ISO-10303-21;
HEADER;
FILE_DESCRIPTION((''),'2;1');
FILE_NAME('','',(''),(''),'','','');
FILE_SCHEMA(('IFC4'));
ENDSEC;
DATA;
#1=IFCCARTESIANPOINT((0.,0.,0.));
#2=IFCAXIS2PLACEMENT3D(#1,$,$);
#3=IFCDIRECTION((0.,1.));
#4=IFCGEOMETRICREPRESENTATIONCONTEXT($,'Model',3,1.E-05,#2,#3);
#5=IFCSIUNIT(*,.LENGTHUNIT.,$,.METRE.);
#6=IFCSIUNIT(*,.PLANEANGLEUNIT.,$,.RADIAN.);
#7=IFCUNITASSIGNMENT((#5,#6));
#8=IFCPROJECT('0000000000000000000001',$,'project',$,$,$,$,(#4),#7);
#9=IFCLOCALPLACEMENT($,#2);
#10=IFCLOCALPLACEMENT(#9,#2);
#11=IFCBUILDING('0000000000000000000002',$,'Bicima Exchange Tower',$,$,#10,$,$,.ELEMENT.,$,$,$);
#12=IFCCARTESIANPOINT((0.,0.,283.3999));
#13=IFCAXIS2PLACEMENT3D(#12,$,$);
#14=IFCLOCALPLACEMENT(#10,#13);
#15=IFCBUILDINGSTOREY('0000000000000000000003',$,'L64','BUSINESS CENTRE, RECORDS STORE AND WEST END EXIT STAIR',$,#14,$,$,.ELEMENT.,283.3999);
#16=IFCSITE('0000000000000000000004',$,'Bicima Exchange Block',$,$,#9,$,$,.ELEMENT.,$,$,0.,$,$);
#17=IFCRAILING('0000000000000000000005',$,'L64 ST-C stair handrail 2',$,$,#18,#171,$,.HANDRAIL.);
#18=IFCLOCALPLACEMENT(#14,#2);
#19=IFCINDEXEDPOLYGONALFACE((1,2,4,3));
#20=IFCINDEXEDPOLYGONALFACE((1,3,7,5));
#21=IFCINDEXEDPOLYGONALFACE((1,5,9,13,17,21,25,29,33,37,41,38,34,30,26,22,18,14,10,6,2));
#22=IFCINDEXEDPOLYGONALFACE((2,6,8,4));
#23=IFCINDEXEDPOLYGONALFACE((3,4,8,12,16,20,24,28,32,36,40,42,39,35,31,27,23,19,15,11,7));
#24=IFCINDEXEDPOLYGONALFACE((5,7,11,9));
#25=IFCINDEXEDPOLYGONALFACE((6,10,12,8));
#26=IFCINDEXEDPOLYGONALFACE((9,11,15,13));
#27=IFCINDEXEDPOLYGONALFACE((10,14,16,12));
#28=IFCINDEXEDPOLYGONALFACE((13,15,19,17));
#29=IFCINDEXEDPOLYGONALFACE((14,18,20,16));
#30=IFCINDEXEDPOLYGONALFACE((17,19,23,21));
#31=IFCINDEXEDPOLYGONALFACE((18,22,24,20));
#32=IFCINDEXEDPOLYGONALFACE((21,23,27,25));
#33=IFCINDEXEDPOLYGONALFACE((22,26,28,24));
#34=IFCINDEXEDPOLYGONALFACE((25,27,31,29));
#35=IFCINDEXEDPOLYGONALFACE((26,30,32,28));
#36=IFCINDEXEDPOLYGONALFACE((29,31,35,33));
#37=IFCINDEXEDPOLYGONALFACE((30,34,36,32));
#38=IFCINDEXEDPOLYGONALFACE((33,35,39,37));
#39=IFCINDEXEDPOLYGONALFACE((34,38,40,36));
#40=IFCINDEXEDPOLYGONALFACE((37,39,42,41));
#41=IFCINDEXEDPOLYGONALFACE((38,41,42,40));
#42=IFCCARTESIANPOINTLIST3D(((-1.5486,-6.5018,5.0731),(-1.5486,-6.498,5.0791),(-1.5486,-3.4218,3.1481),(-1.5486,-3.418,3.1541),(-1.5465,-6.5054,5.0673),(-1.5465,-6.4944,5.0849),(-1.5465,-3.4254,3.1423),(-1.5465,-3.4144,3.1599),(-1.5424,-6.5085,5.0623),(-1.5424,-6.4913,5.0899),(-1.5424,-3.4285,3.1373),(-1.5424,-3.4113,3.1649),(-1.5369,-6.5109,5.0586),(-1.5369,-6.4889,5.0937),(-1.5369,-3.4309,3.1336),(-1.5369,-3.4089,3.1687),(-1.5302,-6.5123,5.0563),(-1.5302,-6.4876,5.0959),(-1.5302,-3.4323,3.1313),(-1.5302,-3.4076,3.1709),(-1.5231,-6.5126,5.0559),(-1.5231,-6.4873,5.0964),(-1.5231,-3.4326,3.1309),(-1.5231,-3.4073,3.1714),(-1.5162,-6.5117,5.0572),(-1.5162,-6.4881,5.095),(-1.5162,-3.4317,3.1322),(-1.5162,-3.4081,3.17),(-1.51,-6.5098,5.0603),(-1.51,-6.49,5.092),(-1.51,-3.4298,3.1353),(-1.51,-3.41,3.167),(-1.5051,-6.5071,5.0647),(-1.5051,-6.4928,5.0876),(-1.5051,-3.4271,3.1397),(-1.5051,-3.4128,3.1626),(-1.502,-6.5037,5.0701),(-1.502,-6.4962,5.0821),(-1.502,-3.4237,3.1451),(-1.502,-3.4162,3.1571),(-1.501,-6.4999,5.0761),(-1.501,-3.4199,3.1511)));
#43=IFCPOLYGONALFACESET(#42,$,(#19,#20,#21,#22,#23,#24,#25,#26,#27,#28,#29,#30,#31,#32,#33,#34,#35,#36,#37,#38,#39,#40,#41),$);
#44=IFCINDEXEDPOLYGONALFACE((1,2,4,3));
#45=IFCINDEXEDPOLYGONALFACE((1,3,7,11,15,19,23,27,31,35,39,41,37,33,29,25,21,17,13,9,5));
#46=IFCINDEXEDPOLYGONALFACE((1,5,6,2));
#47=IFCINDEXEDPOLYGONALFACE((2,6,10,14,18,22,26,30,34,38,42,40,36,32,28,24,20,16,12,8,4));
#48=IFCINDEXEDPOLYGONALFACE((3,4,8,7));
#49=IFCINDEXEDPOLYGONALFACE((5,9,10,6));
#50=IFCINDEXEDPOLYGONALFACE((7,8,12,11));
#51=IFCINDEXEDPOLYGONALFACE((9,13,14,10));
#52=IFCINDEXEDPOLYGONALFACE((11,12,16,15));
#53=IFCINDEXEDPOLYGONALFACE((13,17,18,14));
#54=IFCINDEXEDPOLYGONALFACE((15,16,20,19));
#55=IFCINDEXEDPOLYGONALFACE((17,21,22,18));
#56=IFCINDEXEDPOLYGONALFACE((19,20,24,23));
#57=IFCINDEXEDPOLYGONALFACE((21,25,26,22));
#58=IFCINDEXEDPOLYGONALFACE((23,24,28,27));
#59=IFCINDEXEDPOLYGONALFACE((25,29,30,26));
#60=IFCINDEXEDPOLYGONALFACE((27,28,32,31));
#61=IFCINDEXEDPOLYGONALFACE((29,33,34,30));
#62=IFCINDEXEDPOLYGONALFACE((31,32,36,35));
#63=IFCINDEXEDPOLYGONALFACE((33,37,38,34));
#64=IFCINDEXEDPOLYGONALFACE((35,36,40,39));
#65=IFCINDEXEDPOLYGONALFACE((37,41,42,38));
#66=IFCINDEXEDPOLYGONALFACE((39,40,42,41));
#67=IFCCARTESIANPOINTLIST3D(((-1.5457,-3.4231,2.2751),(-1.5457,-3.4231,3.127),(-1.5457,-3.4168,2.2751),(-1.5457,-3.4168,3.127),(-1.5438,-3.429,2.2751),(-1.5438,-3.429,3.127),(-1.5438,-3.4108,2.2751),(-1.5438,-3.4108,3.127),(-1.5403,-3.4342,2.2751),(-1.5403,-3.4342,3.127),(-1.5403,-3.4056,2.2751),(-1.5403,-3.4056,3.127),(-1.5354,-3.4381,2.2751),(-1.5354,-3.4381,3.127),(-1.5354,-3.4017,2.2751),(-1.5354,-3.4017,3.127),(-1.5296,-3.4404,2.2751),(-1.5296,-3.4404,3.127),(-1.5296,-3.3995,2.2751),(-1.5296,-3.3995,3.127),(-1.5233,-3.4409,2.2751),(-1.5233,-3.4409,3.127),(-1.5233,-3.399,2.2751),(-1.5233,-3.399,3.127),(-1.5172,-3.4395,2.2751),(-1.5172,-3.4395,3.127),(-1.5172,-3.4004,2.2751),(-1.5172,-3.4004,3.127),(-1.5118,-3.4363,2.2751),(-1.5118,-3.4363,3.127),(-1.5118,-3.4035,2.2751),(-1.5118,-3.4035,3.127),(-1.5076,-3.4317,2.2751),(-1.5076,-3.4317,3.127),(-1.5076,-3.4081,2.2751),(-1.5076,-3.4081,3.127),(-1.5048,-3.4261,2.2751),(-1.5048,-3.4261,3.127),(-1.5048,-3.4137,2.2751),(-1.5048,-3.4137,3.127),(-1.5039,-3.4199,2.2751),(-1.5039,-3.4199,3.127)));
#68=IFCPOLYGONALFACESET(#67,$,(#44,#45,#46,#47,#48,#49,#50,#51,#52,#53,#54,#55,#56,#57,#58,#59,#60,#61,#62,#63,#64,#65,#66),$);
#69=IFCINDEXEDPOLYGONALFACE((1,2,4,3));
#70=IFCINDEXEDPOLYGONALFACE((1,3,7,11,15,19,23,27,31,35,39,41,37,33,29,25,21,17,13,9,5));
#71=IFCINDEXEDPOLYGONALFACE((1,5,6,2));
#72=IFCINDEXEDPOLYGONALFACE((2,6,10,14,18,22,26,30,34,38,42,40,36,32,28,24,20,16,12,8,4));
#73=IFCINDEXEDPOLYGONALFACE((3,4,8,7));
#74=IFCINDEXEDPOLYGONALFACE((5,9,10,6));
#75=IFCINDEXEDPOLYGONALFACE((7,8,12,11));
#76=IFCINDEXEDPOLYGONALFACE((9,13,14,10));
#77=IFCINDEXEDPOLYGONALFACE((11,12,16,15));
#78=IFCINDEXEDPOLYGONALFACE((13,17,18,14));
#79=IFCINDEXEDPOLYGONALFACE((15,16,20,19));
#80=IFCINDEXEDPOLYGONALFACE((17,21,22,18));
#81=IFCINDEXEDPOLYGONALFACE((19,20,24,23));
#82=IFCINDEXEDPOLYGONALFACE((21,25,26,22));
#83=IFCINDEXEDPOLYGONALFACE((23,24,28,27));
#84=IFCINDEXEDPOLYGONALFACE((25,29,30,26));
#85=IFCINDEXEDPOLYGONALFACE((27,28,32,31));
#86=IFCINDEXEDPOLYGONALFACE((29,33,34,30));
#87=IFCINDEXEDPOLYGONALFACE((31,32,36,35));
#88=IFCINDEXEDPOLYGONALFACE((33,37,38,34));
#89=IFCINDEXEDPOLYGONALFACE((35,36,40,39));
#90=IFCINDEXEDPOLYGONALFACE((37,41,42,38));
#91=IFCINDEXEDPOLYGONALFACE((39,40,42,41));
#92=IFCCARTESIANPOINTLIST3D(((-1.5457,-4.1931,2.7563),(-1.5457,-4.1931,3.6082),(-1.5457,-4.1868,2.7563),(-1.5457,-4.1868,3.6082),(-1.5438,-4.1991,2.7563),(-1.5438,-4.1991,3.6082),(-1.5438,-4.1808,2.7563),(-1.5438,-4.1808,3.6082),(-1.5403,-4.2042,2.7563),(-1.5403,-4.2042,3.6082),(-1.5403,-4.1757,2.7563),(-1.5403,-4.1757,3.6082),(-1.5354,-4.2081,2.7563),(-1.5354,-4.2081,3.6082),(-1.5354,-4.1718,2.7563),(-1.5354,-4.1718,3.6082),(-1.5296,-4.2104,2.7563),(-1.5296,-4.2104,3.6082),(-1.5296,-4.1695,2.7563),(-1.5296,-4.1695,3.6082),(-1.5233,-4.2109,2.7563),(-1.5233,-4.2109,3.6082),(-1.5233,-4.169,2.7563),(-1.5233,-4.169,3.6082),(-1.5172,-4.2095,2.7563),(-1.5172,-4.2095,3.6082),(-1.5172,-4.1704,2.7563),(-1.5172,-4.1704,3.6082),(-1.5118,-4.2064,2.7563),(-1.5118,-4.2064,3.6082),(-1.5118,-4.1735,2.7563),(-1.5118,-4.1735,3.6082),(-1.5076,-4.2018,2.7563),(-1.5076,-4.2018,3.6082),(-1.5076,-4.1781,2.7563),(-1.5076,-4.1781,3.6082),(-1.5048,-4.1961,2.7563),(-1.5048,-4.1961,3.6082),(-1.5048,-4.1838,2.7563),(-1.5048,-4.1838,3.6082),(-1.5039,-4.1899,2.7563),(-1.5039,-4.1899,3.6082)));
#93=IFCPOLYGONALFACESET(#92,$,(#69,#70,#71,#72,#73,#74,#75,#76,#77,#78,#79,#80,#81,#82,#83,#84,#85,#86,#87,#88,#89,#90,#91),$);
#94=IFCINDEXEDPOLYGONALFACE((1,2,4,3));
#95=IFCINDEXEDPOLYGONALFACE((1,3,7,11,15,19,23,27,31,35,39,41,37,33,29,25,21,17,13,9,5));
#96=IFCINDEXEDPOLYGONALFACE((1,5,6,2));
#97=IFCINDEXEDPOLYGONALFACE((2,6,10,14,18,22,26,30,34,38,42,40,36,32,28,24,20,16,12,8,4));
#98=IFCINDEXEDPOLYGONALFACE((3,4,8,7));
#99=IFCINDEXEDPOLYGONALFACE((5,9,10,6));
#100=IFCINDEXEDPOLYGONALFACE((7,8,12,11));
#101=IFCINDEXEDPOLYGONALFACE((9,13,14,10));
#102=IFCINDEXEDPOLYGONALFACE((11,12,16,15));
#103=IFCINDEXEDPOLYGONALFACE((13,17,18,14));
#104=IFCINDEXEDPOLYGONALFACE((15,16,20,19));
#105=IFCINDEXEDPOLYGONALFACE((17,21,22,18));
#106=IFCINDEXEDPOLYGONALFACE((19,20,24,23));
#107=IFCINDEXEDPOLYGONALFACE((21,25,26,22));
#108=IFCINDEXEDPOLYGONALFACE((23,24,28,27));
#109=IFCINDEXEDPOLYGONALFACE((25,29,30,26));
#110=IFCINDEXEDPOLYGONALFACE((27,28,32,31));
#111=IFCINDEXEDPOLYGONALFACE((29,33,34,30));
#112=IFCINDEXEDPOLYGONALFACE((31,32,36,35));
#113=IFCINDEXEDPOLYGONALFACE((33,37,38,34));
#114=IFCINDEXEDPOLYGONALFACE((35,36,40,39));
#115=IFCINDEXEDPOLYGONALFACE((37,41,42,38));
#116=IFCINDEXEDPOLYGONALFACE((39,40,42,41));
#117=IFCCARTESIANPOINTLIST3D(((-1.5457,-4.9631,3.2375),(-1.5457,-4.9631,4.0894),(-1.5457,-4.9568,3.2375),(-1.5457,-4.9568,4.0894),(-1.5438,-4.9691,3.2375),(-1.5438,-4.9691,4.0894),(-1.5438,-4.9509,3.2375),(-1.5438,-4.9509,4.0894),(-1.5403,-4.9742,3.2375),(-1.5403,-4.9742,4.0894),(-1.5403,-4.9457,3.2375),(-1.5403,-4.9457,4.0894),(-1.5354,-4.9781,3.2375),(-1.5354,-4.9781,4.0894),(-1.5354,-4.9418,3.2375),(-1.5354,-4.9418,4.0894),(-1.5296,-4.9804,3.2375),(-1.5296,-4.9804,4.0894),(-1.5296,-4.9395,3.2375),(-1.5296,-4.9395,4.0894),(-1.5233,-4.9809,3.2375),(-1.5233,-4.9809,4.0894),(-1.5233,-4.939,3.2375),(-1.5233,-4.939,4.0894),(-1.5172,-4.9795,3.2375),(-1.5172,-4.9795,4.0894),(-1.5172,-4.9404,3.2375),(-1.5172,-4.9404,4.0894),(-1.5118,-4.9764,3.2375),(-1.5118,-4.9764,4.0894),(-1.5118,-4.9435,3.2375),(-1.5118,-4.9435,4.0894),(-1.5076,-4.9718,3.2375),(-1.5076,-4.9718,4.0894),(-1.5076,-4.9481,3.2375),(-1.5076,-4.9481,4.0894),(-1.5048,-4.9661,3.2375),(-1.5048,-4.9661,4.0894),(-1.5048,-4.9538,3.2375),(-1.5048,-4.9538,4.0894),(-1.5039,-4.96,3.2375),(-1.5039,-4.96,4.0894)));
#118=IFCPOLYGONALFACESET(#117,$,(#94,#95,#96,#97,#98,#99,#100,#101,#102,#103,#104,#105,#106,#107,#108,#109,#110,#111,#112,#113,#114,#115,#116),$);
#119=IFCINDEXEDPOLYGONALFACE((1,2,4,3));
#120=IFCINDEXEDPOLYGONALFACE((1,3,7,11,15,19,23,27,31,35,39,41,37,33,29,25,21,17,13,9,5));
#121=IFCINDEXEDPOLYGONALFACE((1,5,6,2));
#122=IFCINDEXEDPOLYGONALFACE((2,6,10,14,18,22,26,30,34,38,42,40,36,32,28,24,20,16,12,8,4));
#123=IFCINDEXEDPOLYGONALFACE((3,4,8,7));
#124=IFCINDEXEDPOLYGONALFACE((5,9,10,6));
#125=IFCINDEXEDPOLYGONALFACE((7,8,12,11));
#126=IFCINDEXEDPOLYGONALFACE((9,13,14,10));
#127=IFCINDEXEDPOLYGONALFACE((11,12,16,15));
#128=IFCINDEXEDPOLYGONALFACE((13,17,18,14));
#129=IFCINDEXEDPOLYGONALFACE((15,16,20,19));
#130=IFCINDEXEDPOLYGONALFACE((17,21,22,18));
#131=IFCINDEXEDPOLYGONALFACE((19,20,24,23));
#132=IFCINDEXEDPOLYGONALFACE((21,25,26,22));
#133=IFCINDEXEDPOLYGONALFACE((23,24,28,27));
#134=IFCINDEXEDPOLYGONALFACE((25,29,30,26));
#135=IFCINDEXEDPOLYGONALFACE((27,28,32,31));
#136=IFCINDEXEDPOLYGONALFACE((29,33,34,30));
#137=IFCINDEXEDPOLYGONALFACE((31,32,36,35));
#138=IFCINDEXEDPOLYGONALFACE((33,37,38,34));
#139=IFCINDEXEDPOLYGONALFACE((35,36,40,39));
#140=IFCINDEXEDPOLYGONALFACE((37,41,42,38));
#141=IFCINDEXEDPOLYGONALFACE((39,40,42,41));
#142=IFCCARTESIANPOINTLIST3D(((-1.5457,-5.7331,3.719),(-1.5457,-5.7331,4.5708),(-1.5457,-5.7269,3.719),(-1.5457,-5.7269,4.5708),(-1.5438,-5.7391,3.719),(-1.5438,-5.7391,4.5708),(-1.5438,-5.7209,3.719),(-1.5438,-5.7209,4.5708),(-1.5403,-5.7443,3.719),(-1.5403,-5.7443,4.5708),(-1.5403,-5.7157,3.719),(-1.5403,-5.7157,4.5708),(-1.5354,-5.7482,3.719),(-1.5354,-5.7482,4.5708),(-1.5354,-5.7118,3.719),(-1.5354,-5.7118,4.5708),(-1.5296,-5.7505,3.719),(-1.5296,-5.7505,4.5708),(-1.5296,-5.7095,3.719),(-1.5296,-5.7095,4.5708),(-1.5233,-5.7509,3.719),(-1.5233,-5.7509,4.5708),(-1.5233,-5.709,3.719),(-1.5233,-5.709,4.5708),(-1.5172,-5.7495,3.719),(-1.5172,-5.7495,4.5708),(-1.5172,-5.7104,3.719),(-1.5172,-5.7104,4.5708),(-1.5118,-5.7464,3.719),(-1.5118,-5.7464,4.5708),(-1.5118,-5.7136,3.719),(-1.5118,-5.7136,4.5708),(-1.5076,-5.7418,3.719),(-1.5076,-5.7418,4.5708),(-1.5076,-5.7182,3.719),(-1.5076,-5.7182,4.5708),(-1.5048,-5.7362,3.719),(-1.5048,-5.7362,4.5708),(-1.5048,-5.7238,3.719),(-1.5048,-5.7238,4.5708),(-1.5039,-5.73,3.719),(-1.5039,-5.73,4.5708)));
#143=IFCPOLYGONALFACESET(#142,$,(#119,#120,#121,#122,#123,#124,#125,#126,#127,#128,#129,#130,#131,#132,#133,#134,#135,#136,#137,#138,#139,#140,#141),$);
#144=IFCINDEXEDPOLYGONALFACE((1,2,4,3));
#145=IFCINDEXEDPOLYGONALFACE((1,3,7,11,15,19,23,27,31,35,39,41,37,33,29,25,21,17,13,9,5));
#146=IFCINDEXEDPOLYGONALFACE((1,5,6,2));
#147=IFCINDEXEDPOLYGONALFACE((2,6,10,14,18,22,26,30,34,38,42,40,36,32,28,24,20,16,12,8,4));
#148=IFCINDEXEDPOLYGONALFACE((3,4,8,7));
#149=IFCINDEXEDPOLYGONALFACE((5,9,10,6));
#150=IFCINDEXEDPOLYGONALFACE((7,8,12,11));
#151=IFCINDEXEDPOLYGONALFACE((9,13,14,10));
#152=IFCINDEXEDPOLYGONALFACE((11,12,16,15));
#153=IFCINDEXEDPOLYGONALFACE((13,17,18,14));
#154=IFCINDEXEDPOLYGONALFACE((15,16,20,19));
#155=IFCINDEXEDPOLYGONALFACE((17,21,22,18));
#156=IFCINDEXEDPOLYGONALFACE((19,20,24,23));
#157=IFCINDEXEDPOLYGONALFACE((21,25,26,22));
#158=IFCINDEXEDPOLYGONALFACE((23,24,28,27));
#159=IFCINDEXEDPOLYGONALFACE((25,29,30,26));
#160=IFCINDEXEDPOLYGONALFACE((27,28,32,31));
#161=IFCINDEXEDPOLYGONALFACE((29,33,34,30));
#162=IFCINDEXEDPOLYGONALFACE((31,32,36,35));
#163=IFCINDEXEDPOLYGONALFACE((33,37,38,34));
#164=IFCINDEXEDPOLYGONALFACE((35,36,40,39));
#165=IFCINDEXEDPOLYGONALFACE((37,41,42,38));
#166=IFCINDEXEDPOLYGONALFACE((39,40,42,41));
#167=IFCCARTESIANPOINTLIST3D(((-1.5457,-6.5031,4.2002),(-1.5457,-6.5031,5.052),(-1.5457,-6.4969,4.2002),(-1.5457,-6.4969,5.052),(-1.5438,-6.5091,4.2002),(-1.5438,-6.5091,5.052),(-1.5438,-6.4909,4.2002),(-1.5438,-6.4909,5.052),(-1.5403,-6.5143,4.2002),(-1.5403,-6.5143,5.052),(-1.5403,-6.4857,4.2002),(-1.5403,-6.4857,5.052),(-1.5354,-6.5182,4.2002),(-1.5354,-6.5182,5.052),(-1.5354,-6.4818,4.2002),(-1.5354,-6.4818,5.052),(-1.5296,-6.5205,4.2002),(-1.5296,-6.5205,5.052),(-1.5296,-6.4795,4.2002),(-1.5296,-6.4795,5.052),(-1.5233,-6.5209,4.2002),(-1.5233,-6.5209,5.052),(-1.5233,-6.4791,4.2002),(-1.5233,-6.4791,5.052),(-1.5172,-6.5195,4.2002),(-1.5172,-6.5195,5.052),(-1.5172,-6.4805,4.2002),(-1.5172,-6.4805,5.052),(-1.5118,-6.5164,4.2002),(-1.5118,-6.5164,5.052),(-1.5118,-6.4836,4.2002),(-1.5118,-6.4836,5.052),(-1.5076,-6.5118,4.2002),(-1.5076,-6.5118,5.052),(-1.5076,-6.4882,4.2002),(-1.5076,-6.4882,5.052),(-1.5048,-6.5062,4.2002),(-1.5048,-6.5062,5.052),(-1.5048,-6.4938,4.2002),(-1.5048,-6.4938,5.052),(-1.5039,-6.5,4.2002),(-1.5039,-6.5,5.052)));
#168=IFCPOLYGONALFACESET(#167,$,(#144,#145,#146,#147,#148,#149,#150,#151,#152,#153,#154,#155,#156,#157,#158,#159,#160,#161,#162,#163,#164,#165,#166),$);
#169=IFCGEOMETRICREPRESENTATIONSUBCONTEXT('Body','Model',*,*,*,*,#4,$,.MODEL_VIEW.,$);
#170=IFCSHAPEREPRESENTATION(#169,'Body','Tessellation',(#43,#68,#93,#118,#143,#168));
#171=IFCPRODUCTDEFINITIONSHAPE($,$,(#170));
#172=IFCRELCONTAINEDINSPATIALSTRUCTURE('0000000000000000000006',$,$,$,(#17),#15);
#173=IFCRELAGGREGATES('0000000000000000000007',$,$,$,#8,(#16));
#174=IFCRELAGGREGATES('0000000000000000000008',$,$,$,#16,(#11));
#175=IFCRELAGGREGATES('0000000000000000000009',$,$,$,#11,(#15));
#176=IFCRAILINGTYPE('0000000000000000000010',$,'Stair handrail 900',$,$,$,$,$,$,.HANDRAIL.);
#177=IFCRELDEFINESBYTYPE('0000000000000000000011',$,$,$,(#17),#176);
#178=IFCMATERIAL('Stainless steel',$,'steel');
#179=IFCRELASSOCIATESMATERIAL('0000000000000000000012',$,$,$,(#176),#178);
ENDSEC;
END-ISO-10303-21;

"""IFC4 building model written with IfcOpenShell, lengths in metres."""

from ifc_helpers import new_model, si_unit, direction, frame, origin, origin_2d, place, context, subcontext, project, spatial, circle, extrude, material, type_object, element, save


model = new_model("IFC4")

# Units and contexts
model_context = context("Model", 3, precision=1e-05, world=origin(), true_north=direction((0.0, 1.0)))
body_context = subcontext(model_context, "Body", "Model", "MODEL_VIEW")
ifc_project = project(units=[si_unit("LENGTHUNIT", "METRE"), si_unit("PLANEANGLEUNIT", "RADIAN")], contexts=[model_context])

# Site, building, storey
site_placement = place(None, origin())
site = spatial("IfcSite", under=ifc_project, at=site_placement, Name="Bicima Exchange Block", CompositionType="ELEMENT", RefElevation=0.0)
building_placement = place(site_placement, origin())
building = spatial("IfcBuilding", under=site, at=building_placement, Name="Bicima Exchange Tower", CompositionType="ELEMENT")
storey_placement = place(building_placement, frame((0.0, 0.0, 283.3999)))
storey = spatial("IfcBuildingStorey", under=building, at=storey_placement, Name="L64", Description="BUSINESS CENTRE, RECORDS STORE AND WEST END EXIT STAIR", CompositionType="ELEMENT", Elevation=283.3999)

# Railing
ifc_material_1 = material(Name="Stainless steel", Category="steel")
railing_type = type_object("IfcRailingType", Name="Stair handrail 900", PredefinedType="HANDRAIL", material=ifc_material_1)
railing_placement = place(storey_placement, frame((-1.5249, -3.4199, 2.2751)))
element("IfcRailing", 1, at=railing_placement, inside=storey, type_object=railing_type, Name="L64 ST-C stair handrail 2", PredefinedType="HANDRAIL", context=body_context, shape_type="SweptSolid", body=[
    extrude(circle(Radius=0.0239, at=origin_2d()), frame((0.0, 0.0, 0.876), z_axis=(0.0, -0.847998, 0.529999), x_axis=(1.0, 0.0, 0.0)), (0.0, 0.0, 1.0), 3.6321),
    extrude(circle(Radius=0.021, at=origin_2d()), origin(), (0.0, 0.0, 1.0), 0.8518),
    extrude(circle(Radius=0.021, at=origin_2d()), frame((0.0, -0.77, 0.4812)), (0.0, 0.0, 1.0), 0.8518),
    extrude(circle(Radius=0.021, at=origin_2d()), frame((0.0, -1.54, 0.9624)), (0.0, 0.0, 1.0), 0.8518),
    extrude(circle(Radius=0.021, at=origin_2d()), frame((0.0, -2.3101, 1.4438)), (0.0, 0.0, 1.0), 0.8518),
    extrude(circle(Radius=0.021, at=origin_2d()), frame((0.0, -3.0801, 1.925)), (0.0, 0.0, 1.0), 0.8518),
])

save(model, "model.ifc")
